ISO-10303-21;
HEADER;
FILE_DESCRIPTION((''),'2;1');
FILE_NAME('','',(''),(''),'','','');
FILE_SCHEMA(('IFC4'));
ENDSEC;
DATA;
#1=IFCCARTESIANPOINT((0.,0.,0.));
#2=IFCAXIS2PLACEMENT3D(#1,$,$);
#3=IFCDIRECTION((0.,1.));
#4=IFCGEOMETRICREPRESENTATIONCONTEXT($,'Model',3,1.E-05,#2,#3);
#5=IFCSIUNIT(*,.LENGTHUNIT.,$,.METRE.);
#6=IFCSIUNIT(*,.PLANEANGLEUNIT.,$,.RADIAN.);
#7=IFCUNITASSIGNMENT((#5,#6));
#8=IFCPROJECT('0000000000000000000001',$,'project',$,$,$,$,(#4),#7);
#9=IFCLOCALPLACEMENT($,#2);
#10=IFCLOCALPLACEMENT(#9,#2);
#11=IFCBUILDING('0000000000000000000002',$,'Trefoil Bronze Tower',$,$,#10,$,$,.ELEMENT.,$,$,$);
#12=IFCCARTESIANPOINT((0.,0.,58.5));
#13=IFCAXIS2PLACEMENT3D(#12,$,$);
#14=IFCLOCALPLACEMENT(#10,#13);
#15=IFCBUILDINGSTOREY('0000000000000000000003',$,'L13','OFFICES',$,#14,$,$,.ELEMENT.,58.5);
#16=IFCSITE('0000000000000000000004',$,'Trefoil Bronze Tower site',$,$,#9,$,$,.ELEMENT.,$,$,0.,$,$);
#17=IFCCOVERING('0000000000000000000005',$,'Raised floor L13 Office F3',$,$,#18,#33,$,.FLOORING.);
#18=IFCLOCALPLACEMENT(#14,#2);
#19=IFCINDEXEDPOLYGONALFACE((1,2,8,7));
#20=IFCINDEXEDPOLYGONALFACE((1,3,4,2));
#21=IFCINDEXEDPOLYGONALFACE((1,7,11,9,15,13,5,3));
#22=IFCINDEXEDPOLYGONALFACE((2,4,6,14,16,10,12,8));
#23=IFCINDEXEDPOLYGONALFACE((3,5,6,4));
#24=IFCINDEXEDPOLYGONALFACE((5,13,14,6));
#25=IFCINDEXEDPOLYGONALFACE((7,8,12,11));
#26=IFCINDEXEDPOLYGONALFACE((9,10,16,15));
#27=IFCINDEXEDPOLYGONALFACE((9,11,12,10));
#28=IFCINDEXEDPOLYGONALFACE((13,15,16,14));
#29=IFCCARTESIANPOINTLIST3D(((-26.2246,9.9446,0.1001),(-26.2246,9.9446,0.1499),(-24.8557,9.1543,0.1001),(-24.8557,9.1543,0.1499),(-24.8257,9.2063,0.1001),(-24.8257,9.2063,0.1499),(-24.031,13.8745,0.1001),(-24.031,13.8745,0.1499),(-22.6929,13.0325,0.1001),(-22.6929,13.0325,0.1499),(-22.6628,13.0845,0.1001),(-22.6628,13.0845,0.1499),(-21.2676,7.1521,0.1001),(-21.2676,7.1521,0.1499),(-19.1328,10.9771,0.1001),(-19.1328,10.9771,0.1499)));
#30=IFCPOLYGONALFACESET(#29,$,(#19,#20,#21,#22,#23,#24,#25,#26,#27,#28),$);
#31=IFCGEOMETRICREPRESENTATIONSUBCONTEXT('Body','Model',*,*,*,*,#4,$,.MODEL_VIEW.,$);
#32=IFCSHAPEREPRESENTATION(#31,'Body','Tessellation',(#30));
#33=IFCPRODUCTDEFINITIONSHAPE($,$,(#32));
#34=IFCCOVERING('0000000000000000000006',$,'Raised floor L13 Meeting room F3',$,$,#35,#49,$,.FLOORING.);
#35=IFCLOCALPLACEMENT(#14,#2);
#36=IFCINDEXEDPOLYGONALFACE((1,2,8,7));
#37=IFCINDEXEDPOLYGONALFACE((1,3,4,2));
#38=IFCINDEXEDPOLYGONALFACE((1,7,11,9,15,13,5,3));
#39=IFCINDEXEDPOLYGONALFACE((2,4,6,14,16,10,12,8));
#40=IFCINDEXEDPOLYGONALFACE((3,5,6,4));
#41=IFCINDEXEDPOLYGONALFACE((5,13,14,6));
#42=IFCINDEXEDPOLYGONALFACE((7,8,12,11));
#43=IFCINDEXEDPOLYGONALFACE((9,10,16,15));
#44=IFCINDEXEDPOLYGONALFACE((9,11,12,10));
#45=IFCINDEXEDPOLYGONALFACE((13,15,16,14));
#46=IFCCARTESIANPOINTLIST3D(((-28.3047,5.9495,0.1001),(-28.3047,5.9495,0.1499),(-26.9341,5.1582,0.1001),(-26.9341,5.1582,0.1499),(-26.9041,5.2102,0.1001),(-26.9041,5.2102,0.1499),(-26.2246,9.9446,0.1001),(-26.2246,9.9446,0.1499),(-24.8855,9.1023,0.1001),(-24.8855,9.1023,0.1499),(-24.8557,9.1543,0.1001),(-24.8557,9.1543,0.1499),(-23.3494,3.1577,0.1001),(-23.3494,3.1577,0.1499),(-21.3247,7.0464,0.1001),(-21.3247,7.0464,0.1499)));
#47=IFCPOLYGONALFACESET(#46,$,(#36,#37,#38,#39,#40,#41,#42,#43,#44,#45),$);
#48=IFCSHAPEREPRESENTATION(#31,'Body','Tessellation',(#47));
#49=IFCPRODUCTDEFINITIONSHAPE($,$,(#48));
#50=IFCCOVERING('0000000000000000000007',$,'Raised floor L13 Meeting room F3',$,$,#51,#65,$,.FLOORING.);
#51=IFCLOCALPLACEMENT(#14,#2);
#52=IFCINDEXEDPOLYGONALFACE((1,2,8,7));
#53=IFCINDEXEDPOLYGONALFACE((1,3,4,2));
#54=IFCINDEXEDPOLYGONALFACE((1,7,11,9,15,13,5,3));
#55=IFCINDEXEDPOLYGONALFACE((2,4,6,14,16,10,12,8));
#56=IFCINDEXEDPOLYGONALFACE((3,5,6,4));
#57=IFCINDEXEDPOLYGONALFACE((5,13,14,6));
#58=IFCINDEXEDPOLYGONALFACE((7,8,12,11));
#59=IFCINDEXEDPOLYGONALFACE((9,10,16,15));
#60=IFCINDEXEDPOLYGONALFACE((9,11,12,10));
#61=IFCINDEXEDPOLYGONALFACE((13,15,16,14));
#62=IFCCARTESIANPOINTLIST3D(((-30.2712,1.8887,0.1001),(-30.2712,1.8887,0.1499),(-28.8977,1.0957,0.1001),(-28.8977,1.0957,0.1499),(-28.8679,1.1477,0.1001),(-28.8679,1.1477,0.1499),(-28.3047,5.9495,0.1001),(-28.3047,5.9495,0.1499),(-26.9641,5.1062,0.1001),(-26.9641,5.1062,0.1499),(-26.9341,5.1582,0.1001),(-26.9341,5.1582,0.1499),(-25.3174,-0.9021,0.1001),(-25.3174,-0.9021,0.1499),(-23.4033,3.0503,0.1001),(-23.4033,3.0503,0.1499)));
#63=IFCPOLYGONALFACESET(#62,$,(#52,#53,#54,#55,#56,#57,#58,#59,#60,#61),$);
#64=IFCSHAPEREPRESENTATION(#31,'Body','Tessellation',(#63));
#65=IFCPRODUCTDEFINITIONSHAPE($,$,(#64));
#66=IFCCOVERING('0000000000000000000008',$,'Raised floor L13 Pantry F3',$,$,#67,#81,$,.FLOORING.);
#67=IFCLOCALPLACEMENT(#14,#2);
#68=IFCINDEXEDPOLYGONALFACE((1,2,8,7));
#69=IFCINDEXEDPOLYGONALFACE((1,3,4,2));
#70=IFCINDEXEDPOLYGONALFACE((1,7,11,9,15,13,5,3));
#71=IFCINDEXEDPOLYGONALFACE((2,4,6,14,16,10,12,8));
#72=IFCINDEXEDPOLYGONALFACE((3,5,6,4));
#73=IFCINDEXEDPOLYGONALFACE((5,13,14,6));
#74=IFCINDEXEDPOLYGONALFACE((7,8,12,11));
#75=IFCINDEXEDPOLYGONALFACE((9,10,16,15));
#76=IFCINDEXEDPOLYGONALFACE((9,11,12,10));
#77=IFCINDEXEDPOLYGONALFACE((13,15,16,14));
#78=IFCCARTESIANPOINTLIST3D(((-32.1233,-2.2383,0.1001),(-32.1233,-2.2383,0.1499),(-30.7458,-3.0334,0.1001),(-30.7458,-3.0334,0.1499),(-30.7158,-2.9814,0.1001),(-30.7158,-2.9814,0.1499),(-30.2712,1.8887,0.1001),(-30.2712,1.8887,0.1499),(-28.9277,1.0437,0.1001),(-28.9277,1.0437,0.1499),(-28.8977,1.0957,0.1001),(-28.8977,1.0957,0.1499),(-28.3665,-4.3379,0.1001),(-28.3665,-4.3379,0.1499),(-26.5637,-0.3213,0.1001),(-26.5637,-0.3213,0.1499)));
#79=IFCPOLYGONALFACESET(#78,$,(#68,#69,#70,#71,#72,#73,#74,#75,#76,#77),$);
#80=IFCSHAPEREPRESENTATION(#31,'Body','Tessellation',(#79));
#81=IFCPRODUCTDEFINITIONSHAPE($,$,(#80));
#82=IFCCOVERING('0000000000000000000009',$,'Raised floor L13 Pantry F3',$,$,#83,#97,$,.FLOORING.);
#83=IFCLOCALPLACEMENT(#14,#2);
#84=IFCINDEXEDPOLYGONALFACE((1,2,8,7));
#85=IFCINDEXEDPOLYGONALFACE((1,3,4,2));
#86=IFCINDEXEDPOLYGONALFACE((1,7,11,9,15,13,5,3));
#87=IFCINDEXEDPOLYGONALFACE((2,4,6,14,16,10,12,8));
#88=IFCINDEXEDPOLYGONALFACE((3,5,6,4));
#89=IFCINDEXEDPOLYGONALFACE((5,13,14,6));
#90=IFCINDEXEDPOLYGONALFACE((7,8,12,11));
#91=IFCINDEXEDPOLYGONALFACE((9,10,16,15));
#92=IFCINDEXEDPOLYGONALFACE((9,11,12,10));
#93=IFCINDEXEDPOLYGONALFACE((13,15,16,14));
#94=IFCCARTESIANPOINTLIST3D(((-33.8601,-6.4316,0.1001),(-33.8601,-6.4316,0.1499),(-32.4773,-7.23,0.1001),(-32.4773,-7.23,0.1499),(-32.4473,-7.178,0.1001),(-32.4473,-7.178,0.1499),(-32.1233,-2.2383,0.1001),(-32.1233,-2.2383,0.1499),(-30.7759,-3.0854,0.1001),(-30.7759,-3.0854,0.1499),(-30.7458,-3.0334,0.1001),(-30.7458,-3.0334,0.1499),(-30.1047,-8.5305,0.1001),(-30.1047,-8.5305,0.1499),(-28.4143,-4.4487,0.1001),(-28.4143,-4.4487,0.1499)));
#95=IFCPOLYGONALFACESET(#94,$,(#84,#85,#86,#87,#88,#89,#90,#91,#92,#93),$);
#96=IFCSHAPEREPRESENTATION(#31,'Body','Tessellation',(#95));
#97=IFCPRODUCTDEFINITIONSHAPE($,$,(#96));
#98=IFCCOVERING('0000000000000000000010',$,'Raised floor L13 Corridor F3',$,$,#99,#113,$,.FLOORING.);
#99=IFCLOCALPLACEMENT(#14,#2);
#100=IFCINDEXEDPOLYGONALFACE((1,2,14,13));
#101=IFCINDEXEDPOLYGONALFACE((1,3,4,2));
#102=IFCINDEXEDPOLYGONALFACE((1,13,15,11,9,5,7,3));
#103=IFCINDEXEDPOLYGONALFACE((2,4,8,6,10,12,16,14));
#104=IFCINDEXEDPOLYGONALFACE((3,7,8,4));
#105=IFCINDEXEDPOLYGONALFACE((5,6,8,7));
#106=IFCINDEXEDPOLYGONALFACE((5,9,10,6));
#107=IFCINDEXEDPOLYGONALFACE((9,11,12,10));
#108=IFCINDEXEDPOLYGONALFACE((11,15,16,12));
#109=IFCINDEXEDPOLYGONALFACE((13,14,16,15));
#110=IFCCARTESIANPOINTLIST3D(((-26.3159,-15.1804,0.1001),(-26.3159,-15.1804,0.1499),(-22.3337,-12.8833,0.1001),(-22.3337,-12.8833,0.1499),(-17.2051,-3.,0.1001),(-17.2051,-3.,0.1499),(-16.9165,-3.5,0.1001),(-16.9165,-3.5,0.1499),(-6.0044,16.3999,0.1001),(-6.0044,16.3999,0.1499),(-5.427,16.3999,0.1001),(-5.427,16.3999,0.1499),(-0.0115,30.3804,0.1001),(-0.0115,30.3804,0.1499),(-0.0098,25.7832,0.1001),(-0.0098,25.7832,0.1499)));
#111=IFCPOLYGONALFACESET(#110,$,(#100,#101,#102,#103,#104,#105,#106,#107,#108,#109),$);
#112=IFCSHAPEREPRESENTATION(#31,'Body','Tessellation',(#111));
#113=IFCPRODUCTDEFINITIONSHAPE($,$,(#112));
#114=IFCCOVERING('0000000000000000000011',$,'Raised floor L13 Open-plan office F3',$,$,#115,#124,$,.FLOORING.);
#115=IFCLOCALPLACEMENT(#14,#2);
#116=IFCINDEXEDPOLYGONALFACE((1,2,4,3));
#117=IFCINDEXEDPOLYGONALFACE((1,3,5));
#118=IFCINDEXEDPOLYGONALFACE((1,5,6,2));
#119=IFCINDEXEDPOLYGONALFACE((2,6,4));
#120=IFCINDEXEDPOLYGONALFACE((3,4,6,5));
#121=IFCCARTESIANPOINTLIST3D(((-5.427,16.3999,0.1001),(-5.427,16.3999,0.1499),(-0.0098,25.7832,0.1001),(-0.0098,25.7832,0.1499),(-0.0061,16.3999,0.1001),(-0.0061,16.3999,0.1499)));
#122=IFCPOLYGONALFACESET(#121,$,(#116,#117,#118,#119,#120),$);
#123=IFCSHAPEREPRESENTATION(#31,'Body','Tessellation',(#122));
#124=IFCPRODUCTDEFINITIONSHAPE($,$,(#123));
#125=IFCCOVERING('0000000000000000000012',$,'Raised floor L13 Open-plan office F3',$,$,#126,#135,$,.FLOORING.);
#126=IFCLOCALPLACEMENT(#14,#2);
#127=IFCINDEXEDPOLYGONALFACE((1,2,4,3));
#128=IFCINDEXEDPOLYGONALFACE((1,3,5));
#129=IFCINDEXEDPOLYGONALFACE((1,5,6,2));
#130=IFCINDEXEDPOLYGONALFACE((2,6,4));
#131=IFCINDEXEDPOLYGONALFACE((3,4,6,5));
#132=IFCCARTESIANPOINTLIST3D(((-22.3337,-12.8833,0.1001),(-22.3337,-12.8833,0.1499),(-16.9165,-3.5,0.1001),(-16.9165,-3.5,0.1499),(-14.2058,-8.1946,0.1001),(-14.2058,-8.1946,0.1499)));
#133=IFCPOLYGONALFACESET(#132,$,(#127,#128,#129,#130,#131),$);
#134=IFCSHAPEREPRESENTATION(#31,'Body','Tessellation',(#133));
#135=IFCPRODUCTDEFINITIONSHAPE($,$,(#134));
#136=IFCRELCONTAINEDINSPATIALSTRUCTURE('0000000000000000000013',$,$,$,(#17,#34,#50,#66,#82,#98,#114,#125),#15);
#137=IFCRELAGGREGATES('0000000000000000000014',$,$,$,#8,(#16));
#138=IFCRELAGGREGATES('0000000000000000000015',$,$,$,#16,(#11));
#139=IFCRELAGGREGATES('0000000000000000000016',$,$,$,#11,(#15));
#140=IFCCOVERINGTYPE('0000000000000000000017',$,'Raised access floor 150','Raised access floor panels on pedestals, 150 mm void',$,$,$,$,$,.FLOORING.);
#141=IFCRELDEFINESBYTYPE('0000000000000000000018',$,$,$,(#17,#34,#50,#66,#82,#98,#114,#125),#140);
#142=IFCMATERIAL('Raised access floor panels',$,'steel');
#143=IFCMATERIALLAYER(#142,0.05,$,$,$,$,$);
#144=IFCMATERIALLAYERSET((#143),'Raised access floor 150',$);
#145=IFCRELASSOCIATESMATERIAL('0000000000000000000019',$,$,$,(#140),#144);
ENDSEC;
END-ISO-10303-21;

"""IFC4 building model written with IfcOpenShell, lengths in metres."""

from ifc_helpers import new_model, si_unit, direction, frame, origin, place, context, subcontext, project, spatial, polyline, outline, extrude, material, layer, layer_set, type_object, element, save


model = new_model("IFC4")

# Units and contexts
model_context = context("Model", 3, precision=1e-05, world=origin(), true_north=direction((0.0, 1.0)))
body_context = subcontext(model_context, "Body", "Model", "MODEL_VIEW")
ifc_project = project(units=[si_unit("LENGTHUNIT", "METRE"), si_unit("PLANEANGLEUNIT", "RADIAN")], contexts=[model_context])

# Site, building, storey
site_placement = place(None, origin())
site = spatial("IfcSite", under=ifc_project, at=site_placement, Name="Trefoil Bronze Tower site", CompositionType="ELEMENT", RefElevation=0.0)
building_placement = place(site_placement, origin())
building = spatial("IfcBuilding", under=site, at=building_placement, Name="Trefoil Bronze Tower", CompositionType="ELEMENT")
storey_placement = place(building_placement, frame((0.0, 0.0, 58.5)))
storey = spatial("IfcBuildingStorey", under=building, at=storey_placement, Name="L13", Description="OFFICES", CompositionType="ELEMENT", Elevation=58.5)

# Coverings
ifc_material_1 = material(Name="Raised access floor panels", Category="steel")
ifc_layer_1 = layer(ifc_material_1, 0.05)
ifc_layer_set_1 = layer_set([ifc_layer_1], Name="Raised access floor 150")
covering_type = type_object("IfcCoveringType", Name="Raised access floor 150", Description="Raised access floor panels on pedestals, 150 mm void", PredefinedType="FLOORING", material=ifc_layer_set_1)
covering_1_placement = place(storey_placement, frame((0.0, 0.0, 0.1001)))
element("IfcCovering", 1, at=covering_1_placement, inside=storey, type_object=covering_type, Name="Raised floor L13 Office F3", PredefinedType="FLOORING", context=body_context, shape_type="SweptSolid", body=[
    extrude(outline(polyline([(-26.2246, 9.9446), (-24.031, 13.8745), (-22.6628, 13.0845), (-22.6929, 13.0325), (-19.1328, 10.9771), (-21.2676, 7.1521), (-24.8257, 9.2063), (-24.8557, 9.1543), (-26.2246, 9.9446)])), origin(), (0.0, 0.0, 1.0), 0.0498),
])
covering_2_placement = place(storey_placement, frame((0.0, 0.0, 0.1001)))
element("IfcCovering", 2, at=covering_2_placement, inside=storey, type_object=covering_type, Name="Raised floor L13 Meeting room F3", PredefinedType="FLOORING", context=body_context, shape_type="SweptSolid", body=[
    extrude(outline(polyline([(-28.3047, 5.9495), (-26.2246, 9.9446), (-24.8557, 9.1543), (-24.8855, 9.1023), (-21.3247, 7.0464), (-23.3494, 3.1577), (-26.9041, 5.2102), (-26.9341, 5.1582), (-28.3047, 5.9495)])), origin(), (0.0, 0.0, 1.0), 0.0498),
])
covering_3_placement = place(storey_placement, frame((0.0, 0.0, 0.1001)))
element("IfcCovering", 3, at=covering_3_placement, inside=storey, type_object=covering_type, Name="Raised floor L13 Meeting room F3", PredefinedType="FLOORING", context=body_context, shape_type="SweptSolid", body=[
    extrude(outline(polyline([(-30.2712, 1.8887), (-28.3047, 5.9495), (-26.9341, 5.1582), (-26.9641, 5.1062), (-23.4033, 3.0503), (-25.3174, -0.9021), (-28.8679, 1.1477), (-28.8977, 1.0957), (-30.2712, 1.8887)])), origin(), (0.0, 0.0, 1.0), 0.0498),
])
covering_4_placement = place(storey_placement, frame((0.0, 0.0, 0.1001)))
element("IfcCovering", 4, at=covering_4_placement, inside=storey, type_object=covering_type, Name="Raised floor L13 Pantry F3", PredefinedType="FLOORING", context=body_context, shape_type="SweptSolid", body=[
    extrude(outline(polyline([(-30.2712, 1.8887), (-28.8977, 1.0957), (-28.9277, 1.0437), (-26.5637, -0.3213), (-28.3665, -4.3379), (-30.7158, -2.9814), (-30.7458, -3.0334), (-32.1233, -2.2383), (-30.2712, 1.8887)])), origin(), (0.0, 0.0, 1.0), 0.0498),
])
covering_5_placement = place(storey_placement, frame((0.0, 0.0, 0.1001)))
element("IfcCovering", 5, at=covering_5_placement, inside=storey, type_object=covering_type, Name="Raised floor L13 Pantry F3", PredefinedType="FLOORING", context=body_context, shape_type="SweptSolid", body=[
    extrude(outline(polyline([(-33.8601, -6.4316), (-32.1233, -2.2383), (-30.7458, -3.0334), (-30.7759, -3.0854), (-28.4143, -4.4487), (-30.1047, -8.5305), (-32.4473, -7.178), (-32.4773, -7.23), (-33.8601, -6.4316)])), origin(), (0.0, 0.0, 1.0), 0.0498),
])
covering_6_placement = place(storey_placement, frame((0.0, 0.0, 0.1001)))
element("IfcCovering", 6, at=covering_6_placement, inside=storey, type_object=covering_type, Name="Raised floor L13 Corridor F3", PredefinedType="FLOORING", context=body_context, shape_type="SweptSolid", body=[
    extrude(outline(polyline([(-0.0115, 30.3804), (-0.0098, 25.7832), (-5.427, 16.3999), (-6.0044, 16.3999), (-17.2051, -3.0), (-16.9165, -3.5), (-22.3337, -12.8833), (-26.3159, -15.1804), (-0.0115, 30.3804)])), origin(), (0.0, 0.0, 1.0), 0.0498),
])
covering_7_placement = place(storey_placement, frame((0.0, 0.0, 0.1001)))
element("IfcCovering", 7, at=covering_7_placement, inside=storey, type_object=covering_type, Name="Raised floor L13 Open-plan office F3", PredefinedType="FLOORING", context=body_context, shape_type="SweptSolid", body=[
    extrude(outline(polyline([(-0.0061, 16.3999), (-5.427, 16.3999), (-0.0098, 25.7832), (-0.0061, 16.3999)])), origin(), (0.0, 0.0, 1.0), 0.0498),
])
covering_8_placement = place(storey_placement, frame((0.0, 0.0, 0.1001)))
element("IfcCovering", 8, at=covering_8_placement, inside=storey, type_object=covering_type, Name="Raised floor L13 Open-plan office F3", PredefinedType="FLOORING", context=body_context, shape_type="SweptSolid", body=[
    extrude(outline(polyline([(-14.2058, -8.1946), (-22.3337, -12.8833), (-16.9165, -3.5), (-14.2058, -8.1946)])), origin(), (0.0, 0.0, 1.0), 0.0498),
])

save(model, "model.ifc")
